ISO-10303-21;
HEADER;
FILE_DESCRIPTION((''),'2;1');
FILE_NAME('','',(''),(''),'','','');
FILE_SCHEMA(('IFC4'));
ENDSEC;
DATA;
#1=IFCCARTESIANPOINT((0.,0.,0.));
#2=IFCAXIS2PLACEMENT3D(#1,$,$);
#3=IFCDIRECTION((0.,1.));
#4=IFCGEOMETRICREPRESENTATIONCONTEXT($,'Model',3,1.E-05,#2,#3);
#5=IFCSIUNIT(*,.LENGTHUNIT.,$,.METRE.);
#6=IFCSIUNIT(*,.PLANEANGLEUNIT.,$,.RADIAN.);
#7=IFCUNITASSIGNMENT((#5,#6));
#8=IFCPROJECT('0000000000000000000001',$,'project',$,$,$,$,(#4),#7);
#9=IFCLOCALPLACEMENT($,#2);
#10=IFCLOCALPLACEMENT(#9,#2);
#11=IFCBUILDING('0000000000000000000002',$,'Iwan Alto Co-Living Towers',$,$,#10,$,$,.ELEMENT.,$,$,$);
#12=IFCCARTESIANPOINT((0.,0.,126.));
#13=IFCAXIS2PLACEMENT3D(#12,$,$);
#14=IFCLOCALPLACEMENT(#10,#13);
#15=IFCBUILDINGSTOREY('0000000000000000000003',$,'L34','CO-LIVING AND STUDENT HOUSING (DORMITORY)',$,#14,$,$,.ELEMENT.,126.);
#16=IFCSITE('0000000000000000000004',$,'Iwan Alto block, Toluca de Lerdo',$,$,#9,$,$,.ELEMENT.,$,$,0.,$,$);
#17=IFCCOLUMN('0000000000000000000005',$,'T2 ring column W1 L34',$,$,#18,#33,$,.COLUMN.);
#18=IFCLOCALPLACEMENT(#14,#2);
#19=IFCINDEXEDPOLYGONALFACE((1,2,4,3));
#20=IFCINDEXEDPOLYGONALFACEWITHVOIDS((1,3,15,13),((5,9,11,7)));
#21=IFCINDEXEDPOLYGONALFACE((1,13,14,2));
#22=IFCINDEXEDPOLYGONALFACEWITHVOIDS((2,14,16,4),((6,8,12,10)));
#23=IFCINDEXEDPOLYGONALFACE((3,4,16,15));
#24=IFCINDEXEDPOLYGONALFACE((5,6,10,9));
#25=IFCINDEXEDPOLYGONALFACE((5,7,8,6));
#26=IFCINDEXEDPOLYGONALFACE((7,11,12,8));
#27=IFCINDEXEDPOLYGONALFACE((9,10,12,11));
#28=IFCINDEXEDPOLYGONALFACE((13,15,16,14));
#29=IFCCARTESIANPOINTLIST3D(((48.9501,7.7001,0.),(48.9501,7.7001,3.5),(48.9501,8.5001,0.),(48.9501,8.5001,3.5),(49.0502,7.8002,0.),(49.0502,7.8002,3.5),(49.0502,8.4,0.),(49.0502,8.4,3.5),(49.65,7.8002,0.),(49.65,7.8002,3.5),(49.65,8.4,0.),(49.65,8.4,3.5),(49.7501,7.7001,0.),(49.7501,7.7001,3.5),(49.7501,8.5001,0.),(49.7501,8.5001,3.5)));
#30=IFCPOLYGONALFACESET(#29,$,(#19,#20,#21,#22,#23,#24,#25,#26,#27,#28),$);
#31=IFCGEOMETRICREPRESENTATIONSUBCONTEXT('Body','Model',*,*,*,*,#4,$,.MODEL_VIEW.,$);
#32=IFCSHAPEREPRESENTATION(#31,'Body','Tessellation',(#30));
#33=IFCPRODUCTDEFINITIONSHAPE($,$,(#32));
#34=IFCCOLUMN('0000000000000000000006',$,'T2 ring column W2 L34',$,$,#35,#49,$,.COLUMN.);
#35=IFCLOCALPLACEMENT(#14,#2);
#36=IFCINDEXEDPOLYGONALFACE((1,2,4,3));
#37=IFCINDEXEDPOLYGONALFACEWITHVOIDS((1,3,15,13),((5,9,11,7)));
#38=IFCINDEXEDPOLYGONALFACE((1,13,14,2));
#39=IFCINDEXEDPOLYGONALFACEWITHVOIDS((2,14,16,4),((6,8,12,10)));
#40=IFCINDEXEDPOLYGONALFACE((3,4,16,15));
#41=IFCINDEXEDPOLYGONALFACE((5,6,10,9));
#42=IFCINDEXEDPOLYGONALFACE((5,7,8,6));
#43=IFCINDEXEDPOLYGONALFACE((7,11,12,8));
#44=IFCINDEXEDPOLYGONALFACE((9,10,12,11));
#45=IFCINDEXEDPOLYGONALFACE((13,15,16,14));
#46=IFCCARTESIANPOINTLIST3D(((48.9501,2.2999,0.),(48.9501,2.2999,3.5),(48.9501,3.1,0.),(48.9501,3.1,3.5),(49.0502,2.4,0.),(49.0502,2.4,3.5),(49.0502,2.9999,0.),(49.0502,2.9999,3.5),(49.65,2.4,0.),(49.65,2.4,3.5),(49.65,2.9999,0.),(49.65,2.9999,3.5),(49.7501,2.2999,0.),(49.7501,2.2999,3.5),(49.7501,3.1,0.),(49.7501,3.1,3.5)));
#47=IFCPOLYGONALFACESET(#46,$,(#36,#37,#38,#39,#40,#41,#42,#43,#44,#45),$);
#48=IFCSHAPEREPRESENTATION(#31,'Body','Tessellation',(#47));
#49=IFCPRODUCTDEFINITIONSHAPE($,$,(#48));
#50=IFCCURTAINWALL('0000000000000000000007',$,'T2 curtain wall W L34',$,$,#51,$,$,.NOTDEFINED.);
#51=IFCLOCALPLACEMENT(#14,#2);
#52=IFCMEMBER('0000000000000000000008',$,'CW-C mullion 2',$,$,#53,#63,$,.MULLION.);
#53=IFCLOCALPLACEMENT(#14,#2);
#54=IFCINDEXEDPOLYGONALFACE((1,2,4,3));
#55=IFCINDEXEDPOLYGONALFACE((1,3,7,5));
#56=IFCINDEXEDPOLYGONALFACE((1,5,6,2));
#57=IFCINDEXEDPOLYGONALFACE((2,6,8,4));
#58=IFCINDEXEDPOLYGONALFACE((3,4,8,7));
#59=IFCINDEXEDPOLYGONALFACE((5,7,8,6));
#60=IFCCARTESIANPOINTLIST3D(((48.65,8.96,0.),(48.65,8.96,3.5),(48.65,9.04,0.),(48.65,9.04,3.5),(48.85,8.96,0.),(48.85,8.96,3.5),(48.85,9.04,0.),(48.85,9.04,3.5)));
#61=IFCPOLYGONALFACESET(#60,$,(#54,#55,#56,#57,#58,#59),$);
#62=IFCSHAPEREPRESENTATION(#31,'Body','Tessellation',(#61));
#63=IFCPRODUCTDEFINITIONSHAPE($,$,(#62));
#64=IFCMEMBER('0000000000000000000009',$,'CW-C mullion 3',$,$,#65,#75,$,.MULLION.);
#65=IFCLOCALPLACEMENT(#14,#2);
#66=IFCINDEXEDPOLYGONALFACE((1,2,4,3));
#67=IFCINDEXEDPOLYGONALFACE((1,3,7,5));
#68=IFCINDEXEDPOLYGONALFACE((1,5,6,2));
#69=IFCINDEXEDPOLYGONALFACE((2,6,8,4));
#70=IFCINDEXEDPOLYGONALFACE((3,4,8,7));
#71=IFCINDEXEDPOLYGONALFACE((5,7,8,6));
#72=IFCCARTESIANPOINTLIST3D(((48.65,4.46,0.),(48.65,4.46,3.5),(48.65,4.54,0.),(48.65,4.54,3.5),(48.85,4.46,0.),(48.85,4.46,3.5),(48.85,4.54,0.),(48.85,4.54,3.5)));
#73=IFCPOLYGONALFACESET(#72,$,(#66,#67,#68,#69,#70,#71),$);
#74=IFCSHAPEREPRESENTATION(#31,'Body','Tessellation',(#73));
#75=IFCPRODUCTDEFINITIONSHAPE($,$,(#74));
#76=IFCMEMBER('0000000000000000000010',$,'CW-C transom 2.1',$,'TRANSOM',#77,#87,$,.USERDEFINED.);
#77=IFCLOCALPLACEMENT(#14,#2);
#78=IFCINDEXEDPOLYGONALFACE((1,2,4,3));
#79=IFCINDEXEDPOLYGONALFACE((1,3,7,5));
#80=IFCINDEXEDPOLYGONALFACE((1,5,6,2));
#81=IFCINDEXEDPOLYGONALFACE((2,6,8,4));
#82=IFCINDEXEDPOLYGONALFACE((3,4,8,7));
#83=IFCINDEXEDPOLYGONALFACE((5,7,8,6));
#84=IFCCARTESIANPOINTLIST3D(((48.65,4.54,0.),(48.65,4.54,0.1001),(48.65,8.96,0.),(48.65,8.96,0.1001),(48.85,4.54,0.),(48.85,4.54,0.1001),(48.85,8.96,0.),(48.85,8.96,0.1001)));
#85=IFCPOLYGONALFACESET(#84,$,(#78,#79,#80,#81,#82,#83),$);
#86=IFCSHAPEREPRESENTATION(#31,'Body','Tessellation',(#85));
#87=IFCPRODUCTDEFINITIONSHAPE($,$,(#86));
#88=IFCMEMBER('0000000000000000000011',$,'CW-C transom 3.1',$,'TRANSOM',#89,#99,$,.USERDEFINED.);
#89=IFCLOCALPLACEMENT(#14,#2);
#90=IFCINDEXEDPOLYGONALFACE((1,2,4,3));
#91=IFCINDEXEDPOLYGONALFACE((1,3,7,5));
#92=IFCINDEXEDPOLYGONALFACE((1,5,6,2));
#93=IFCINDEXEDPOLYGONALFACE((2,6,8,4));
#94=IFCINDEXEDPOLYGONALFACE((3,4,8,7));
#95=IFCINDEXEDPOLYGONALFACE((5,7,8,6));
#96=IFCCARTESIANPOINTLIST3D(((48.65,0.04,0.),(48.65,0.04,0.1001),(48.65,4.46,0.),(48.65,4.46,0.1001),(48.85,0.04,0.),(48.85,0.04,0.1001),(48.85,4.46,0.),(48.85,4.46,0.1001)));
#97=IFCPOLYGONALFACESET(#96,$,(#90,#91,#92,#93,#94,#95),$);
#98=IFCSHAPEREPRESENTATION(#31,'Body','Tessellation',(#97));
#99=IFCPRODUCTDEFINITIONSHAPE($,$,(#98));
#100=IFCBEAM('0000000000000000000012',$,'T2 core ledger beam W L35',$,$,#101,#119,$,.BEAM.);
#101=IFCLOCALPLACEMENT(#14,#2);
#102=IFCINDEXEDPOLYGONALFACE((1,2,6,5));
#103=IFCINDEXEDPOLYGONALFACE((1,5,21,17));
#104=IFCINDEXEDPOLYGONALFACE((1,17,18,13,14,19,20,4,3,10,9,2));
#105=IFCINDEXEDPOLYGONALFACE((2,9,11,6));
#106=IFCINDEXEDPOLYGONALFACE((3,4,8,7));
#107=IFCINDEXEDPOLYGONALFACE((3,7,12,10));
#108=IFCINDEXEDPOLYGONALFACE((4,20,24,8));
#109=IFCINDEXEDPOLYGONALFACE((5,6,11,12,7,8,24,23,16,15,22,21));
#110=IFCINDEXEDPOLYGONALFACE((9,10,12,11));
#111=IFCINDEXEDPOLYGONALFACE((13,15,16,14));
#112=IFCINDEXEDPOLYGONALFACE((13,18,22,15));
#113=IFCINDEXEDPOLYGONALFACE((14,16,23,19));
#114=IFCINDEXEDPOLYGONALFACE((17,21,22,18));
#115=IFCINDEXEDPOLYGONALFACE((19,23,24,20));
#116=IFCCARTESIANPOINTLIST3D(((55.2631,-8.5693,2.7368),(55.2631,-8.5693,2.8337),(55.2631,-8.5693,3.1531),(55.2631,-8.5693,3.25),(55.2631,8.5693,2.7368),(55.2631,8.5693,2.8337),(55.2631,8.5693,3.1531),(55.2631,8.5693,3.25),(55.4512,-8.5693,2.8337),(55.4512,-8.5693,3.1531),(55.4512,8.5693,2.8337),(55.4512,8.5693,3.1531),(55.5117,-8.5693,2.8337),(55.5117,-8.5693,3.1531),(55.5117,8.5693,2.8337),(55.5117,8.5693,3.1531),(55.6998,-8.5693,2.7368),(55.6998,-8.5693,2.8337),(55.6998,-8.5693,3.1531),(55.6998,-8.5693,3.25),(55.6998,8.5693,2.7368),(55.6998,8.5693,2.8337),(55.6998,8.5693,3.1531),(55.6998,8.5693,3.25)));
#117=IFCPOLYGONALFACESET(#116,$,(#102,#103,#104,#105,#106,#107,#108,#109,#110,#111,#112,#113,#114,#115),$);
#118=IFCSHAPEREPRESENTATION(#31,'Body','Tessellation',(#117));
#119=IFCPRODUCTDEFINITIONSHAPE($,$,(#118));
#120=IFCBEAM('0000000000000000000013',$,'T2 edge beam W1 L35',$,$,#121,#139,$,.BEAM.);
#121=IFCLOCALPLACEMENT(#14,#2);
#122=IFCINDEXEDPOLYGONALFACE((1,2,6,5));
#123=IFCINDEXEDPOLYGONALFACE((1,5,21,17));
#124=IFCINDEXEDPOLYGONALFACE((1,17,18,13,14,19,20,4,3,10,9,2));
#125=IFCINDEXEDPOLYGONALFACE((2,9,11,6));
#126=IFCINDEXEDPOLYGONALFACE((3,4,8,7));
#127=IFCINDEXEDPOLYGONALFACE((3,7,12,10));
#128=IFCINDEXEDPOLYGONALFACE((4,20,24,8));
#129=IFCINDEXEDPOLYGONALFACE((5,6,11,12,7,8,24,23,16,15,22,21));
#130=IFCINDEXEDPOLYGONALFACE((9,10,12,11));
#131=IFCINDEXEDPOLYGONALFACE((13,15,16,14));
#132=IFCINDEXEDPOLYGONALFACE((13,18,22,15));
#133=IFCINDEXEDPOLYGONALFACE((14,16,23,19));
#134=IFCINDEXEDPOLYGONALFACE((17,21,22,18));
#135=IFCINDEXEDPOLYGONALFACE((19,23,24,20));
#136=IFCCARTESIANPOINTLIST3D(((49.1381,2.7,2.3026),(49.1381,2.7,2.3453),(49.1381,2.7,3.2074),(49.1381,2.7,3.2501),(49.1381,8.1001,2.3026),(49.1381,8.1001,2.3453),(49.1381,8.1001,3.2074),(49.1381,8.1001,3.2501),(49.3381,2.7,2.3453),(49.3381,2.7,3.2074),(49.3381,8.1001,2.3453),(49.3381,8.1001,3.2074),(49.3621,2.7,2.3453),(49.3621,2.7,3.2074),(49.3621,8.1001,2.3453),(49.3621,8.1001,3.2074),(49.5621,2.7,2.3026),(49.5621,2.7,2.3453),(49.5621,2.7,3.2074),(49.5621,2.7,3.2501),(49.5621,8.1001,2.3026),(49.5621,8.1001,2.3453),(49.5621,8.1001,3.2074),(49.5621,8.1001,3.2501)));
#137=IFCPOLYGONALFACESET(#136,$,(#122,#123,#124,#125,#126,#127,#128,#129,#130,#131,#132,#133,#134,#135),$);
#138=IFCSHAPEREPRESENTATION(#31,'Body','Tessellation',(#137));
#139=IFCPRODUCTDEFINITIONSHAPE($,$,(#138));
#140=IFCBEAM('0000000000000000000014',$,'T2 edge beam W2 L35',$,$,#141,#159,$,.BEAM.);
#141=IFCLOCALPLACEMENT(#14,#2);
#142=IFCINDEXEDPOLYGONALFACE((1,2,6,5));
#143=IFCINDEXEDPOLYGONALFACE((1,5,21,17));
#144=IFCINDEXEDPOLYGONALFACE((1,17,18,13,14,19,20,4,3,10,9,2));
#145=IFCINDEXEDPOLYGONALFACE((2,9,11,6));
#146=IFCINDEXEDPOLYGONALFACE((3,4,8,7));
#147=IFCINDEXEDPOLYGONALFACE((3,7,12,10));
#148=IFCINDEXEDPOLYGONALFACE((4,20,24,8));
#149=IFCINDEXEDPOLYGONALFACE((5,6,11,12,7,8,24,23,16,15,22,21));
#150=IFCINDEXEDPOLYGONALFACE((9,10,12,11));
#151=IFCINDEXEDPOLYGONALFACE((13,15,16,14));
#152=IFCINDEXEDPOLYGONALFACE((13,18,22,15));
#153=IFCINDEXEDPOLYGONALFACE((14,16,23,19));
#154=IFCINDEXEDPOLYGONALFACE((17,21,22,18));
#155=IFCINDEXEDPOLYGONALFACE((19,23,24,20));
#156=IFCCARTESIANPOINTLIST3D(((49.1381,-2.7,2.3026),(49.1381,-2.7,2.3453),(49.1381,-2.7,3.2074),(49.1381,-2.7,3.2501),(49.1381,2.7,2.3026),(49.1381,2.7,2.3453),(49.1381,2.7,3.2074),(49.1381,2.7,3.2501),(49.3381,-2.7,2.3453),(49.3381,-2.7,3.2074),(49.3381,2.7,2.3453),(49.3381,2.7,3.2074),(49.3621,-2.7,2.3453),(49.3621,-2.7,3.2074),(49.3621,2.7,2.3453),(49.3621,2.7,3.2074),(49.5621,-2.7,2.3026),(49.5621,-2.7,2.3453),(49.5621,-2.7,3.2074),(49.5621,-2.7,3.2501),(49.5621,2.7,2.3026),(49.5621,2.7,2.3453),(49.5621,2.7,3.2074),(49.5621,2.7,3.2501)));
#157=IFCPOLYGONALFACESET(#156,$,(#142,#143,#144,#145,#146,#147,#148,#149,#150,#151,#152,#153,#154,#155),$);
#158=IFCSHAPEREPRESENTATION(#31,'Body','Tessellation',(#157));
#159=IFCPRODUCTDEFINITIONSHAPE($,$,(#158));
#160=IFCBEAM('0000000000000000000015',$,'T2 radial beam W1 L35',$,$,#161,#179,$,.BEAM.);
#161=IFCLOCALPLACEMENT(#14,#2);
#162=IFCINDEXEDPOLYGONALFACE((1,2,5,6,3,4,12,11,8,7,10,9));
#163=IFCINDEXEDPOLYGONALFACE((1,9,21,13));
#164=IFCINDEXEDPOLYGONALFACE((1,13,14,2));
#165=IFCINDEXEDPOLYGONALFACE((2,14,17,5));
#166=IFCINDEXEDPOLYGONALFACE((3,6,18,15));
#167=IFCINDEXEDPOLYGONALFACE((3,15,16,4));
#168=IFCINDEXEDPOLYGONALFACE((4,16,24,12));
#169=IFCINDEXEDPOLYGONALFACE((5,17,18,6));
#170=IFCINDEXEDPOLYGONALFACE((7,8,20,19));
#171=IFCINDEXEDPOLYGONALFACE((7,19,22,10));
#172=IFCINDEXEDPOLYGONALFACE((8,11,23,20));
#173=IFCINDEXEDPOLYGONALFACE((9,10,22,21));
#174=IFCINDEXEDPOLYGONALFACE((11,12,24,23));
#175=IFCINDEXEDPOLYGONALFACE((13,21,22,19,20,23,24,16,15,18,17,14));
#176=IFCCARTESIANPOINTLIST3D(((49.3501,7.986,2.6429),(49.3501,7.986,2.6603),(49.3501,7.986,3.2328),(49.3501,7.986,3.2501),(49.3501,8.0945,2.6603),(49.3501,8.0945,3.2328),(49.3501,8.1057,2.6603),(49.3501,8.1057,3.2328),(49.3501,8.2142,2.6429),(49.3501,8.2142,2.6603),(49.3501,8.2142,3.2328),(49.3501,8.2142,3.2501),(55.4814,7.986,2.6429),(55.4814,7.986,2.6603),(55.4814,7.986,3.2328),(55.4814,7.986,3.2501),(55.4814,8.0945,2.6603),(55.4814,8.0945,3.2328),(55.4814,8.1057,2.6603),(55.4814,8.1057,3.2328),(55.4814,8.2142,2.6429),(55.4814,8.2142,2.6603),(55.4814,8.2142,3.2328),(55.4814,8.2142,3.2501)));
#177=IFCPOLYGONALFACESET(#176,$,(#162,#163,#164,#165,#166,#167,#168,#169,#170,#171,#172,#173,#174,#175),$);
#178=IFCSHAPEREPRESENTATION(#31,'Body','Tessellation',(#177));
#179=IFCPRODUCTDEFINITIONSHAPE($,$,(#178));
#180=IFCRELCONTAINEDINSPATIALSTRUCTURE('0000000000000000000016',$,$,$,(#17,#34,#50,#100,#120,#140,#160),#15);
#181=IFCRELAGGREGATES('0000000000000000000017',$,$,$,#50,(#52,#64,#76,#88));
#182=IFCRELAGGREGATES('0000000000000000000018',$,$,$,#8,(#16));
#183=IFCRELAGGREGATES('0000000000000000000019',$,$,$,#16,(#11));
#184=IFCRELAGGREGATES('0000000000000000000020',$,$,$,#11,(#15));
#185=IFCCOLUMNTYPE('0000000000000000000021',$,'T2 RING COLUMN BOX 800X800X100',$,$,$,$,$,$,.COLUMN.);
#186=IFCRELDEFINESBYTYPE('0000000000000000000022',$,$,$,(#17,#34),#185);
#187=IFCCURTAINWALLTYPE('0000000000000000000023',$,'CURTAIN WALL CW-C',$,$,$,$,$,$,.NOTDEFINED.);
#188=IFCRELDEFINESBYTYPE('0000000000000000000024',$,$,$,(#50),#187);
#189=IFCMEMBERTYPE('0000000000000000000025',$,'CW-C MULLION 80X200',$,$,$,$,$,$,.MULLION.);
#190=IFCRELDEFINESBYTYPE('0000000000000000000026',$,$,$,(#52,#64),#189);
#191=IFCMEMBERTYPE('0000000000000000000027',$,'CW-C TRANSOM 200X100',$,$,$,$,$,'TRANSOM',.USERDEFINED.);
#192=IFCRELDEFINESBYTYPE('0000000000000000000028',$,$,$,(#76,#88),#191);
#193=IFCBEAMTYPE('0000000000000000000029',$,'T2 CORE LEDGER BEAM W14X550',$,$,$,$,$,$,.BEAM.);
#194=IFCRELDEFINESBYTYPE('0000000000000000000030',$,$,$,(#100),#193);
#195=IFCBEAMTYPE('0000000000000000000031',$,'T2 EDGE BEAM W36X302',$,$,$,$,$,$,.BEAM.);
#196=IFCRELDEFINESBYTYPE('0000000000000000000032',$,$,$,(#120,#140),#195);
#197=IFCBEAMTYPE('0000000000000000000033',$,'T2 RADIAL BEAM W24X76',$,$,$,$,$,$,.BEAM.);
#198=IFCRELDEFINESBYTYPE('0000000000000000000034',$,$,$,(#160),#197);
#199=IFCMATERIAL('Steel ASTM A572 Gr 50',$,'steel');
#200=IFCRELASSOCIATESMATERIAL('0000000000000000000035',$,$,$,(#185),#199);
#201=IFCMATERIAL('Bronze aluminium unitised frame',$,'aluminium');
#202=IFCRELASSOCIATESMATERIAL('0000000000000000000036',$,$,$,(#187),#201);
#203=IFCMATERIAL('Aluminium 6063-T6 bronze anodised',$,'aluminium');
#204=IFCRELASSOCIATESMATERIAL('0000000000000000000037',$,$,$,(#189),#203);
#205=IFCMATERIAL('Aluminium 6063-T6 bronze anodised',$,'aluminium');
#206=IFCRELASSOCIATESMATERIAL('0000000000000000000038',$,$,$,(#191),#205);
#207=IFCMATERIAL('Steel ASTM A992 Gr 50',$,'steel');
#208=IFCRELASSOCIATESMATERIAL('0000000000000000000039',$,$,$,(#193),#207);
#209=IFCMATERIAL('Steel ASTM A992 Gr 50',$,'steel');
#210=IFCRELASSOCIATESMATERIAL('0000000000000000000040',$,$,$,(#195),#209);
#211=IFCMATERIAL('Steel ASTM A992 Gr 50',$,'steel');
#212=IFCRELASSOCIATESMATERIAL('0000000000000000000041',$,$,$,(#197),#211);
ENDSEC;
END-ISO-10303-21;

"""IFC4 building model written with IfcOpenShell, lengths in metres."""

from ifc_helpers import new_model, si_unit, direction, frame, origin, origin_2d, place, context, subcontext, project, spatial, rectangle, hollow_rectangle, i_section, extrude, material, material_profile, profile_set, type_object, element, aggregate, save


model = new_model("IFC4")

# Units and contexts
model_context = context("Model", 3, precision=1e-05, world=origin(), true_north=direction((0.0, 1.0)))
body_context = subcontext(model_context, "Body", "Model", "MODEL_VIEW")
ifc_project = project(units=[si_unit("LENGTHUNIT", "METRE"), si_unit("PLANEANGLEUNIT", "RADIAN")], contexts=[model_context])

# Site, building, storey
site_placement = place(None, origin())
site = spatial("IfcSite", under=ifc_project, at=site_placement, Name="Iwan Alto block, Toluca de Lerdo", CompositionType="ELEMENT", RefElevation=0.0)
building_placement = place(site_placement, origin())
building = spatial("IfcBuilding", under=site, at=building_placement, Name="Iwan Alto Co-Living Towers", CompositionType="ELEMENT")
storey_placement = place(building_placement, frame((0.0, 0.0, 126.0)))
storey = spatial("IfcBuildingStorey", under=building, at=storey_placement, Name="L34", Description="CO-LIVING AND STUDENT HOUSING (DORMITORY)", CompositionType="ELEMENT", Elevation=126.0)

# Columns
ifc_material_1 = material(Name="Steel ASTM A572 Gr 50", Category="steel")
ifc_material_profile_1 = material_profile(ifc_material_1, hollow_rectangle(XDim=0.8, YDim=0.8, WallThickness=0.1001, at=origin_2d()), Name="BOX 800X800X100")
ifc_profile_set_1 = profile_set([ifc_material_profile_1], Name="Steel ASTM A572 Gr 50")
column_type = type_object("IfcColumnType", Name="T2 RING COLUMN BOX 800X800X100", PredefinedType="COLUMN", material=ifc_profile_set_1)
for number, where, z_axis, x_axis, name in (
    (1, (49.3501, 8.1001, 0.0), (0.0, 0.0, 1.0), (1.0, 0.0, 0.0), "T2 ring column W1 L34"),
    (2, (49.3501, 2.7, 0.0), (0.0, 0.0, 1.0), (1.0, 0.0, 0.0), "T2 ring column W2 L34"),
):
    element("IfcColumn", number, at=place(storey_placement, frame(where, z_axis=z_axis, x_axis=x_axis)), inside=storey, type_object=column_type, Name=name, PredefinedType="COLUMN", context=body_context, shape_type="SweptSolid", body=[
        extrude(hollow_rectangle(XDim=0.8, YDim=0.8, WallThickness=0.1001, at=origin_2d()), origin(), (0.0, 0.0, 1.0), 3.5),
    ])

# Curtain wall, members
ifc_material_2 = material(Name="Bronze aluminium unitised frame", Category="aluminium")
curtain_wall_type = type_object("IfcCurtainWallType", Name="CURTAIN WALL CW-C", PredefinedType="NOTDEFINED", material=ifc_material_2)
curtain_wall_placement = place(storey_placement, origin())
curtain_wall = element("IfcCurtainWall", 3, at=curtain_wall_placement, inside=storey, type_object=curtain_wall_type, Name="T2 curtain wall W L34", PredefinedType="NOTDEFINED")
ifc_material_3 = material(Name="Aluminium 6063-T6 bronze anodised", Category="aluminium")
ifc_material_profile_2 = material_profile(ifc_material_3, rectangle(XDim=0.2, YDim=0.0801, at=origin_2d()), Name="AL 80X200")
ifc_profile_set_2 = profile_set([ifc_material_profile_2], Name="Aluminium 6063-T6 bronze anodised")
member_type_1 = type_object("IfcMemberType", Name="CW-C MULLION 80X200", PredefinedType="MULLION", material=ifc_profile_set_2)
member_1_placement = place(storey_placement, frame((48.75, 9.0, 0.0), z_axis=(0.0, 0.0, 1.0), x_axis=(1.0, 0.0, 0.0)))
member_1 = element("IfcMember", 4, at=member_1_placement, type_object=member_type_1, Name="CW-C mullion 2", PredefinedType="MULLION", context=body_context, shape_type="SweptSolid", body=[
    extrude(rectangle(XDim=0.2, YDim=0.0801, at=origin_2d()), origin(), (0.0, 0.0, 1.0), 3.5),
])
member_2_placement = place(storey_placement, frame((48.75, 4.5, 0.0), z_axis=(0.0, 0.0, 1.0), x_axis=(1.0, 0.0, 0.0)))
member_2 = element("IfcMember", 5, at=member_2_placement, type_object=member_type_1, Name="CW-C mullion 3", PredefinedType="MULLION", context=body_context, shape_type="SweptSolid", body=[
    extrude(rectangle(XDim=0.2, YDim=0.0801, at=origin_2d()), origin(), (0.0, 0.0, 1.0), 3.5),
])
ifc_material_4 = material(Name="Aluminium 6063-T6 bronze anodised", Category="aluminium")
ifc_material_profile_3 = material_profile(ifc_material_4, rectangle(XDim=0.2, YDim=0.1001, at=origin_2d()), Name="AL 200X100")
ifc_profile_set_3 = profile_set([ifc_material_profile_3], Name="Aluminium 6063-T6 bronze anodised")
member_type_2 = type_object("IfcMemberType", Name="CW-C TRANSOM 200X100", ElementType="TRANSOM", PredefinedType="USERDEFINED", material=ifc_profile_set_3)
member_3_placement = place(storey_placement, frame((48.75, 8.96, 0.05), z_axis=(0.0, -1.0, 0.0), x_axis=(1.0, 0.0, 0.0)))
member_3 = element("IfcMember", 6, at=member_3_placement, type_object=member_type_2, Name="CW-C transom 2.1", ObjectType="TRANSOM", PredefinedType="USERDEFINED", context=body_context, shape_type="SweptSolid", body=[
    extrude(rectangle(XDim=0.2, YDim=0.1001, at=origin_2d()), origin(), (0.0, 0.0, 1.0), 4.4199),
])
member_4_placement = place(storey_placement, frame((48.75, 4.46, 0.05), z_axis=(0.0, -1.0, 0.0), x_axis=(1.0, 0.0, 0.0)))
member_4 = element("IfcMember", 7, at=member_4_placement, type_object=member_type_2, Name="CW-C transom 3.1", ObjectType="TRANSOM", PredefinedType="USERDEFINED", context=body_context, shape_type="SweptSolid", body=[
    extrude(rectangle(XDim=0.2, YDim=0.1001, at=origin_2d()), origin(), (0.0, 0.0, 1.0), 4.4199),
])

# Beams
ifc_material_5 = material(Name="Steel ASTM A992 Gr 50", Category="steel")
ifc_material_profile_4 = material_profile(ifc_material_5, i_section(OverallWidth=0.4368, OverallDepth=0.5132, WebThickness=0.0605, FlangeThickness=0.0969, at=origin_2d()), Name="W14X550")
ifc_profile_set_4 = profile_set([ifc_material_profile_4], Name="Steel ASTM A992 Gr 50")
beam_type_1 = type_object("IfcBeamType", Name="T2 CORE LEDGER BEAM W14X550", PredefinedType="BEAM", material=ifc_profile_set_4)
beam_1_placement = place(storey_placement, frame((55.4814, 8.5693, 2.9934), z_axis=(0.0, -1.0, 0.0), x_axis=(1.0, 0.0, 0.0)))
element("IfcBeam", 8, at=beam_1_placement, inside=storey, type_object=beam_type_1, Name="T2 core ledger beam W L35", PredefinedType="BEAM", context=body_context, shape_type="SweptSolid", body=[
    extrude(i_section(OverallWidth=0.4368, OverallDepth=0.5132, WebThickness=0.0605, FlangeThickness=0.0969, at=origin_2d()), origin(), (0.0, 0.0, 1.0), 17.1387),
])
ifc_material_6 = material(Name="Steel ASTM A992 Gr 50", Category="steel")
ifc_material_profile_5 = material_profile(ifc_material_6, i_section(OverallWidth=0.4241, OverallDepth=0.9475, WebThickness=0.0239, FlangeThickness=0.0427, at=origin_2d()), Name="W36X302")
ifc_profile_set_5 = profile_set([ifc_material_profile_5], Name="Steel ASTM A992 Gr 50")
beam_type_2 = type_object("IfcBeamType", Name="T2 EDGE BEAM W36X302", PredefinedType="BEAM", material=ifc_profile_set_5)
beam_2_placement = place(storey_placement, frame((49.3501, 8.1001, 2.7764), z_axis=(0.0, -1.0, 0.0), x_axis=(1.0, 0.0, 0.0)))
element("IfcBeam", 9, at=beam_2_placement, inside=storey, type_object=beam_type_2, Name="T2 edge beam W1 L35", PredefinedType="BEAM", context=body_context, shape_type="SweptSolid", body=[
    extrude(i_section(OverallWidth=0.4241, OverallDepth=0.9475, WebThickness=0.0239, FlangeThickness=0.0427, at=origin_2d()), origin(), (0.0, 0.0, 1.0), 5.4001),
])
beam_3_placement = place(storey_placement, frame((49.3501, 2.7, 2.7764), z_axis=(0.0, -1.0, 0.0), x_axis=(1.0, 0.0, 0.0)))
element("IfcBeam", 10, at=beam_3_placement, inside=storey, type_object=beam_type_2, Name="T2 edge beam W2 L35", PredefinedType="BEAM", context=body_context, shape_type="SweptSolid", body=[
    extrude(i_section(OverallWidth=0.4241, OverallDepth=0.9475, WebThickness=0.0239, FlangeThickness=0.0427, at=origin_2d()), origin(), (0.0, 0.0, 1.0), 5.3999),
])
ifc_material_7 = material(Name="Steel ASTM A992 Gr 50", Category="steel")
ifc_material_profile_6 = material_profile(ifc_material_7, i_section(OverallWidth=0.2283, OverallDepth=0.6072, WebThickness=0.0112, FlangeThickness=0.0173, at=origin_2d()), Name="W24X76")
ifc_profile_set_6 = profile_set([ifc_material_profile_6], Name="Steel ASTM A992 Gr 50")
beam_type_3 = type_object("IfcBeamType", Name="T2 RADIAL BEAM W24X76", PredefinedType="BEAM", material=ifc_profile_set_6)
for number, where, z_axis, x_axis, name in (
    (11, (49.3501, 8.1001, 2.9465), (1.0, 0.0, 0.0), (0.0, 1.0, 0.0), "T2 radial beam W1 L35"),
):
    element("IfcBeam", number, at=place(storey_placement, frame(where, z_axis=z_axis, x_axis=x_axis)), inside=storey, type_object=beam_type_3, Name=name, PredefinedType="BEAM", context=body_context, shape_type="SweptSolid", body=[
        extrude(i_section(OverallWidth=0.2283, OverallDepth=0.6072, WebThickness=0.0112, FlangeThickness=0.0173, at=origin_2d()), origin(), (0.0, 0.0, 1.0), 6.1313),
    ])

aggregate(curtain_wall, [member_1, member_2, member_3, member_4])

save(model, "model.ifc")
